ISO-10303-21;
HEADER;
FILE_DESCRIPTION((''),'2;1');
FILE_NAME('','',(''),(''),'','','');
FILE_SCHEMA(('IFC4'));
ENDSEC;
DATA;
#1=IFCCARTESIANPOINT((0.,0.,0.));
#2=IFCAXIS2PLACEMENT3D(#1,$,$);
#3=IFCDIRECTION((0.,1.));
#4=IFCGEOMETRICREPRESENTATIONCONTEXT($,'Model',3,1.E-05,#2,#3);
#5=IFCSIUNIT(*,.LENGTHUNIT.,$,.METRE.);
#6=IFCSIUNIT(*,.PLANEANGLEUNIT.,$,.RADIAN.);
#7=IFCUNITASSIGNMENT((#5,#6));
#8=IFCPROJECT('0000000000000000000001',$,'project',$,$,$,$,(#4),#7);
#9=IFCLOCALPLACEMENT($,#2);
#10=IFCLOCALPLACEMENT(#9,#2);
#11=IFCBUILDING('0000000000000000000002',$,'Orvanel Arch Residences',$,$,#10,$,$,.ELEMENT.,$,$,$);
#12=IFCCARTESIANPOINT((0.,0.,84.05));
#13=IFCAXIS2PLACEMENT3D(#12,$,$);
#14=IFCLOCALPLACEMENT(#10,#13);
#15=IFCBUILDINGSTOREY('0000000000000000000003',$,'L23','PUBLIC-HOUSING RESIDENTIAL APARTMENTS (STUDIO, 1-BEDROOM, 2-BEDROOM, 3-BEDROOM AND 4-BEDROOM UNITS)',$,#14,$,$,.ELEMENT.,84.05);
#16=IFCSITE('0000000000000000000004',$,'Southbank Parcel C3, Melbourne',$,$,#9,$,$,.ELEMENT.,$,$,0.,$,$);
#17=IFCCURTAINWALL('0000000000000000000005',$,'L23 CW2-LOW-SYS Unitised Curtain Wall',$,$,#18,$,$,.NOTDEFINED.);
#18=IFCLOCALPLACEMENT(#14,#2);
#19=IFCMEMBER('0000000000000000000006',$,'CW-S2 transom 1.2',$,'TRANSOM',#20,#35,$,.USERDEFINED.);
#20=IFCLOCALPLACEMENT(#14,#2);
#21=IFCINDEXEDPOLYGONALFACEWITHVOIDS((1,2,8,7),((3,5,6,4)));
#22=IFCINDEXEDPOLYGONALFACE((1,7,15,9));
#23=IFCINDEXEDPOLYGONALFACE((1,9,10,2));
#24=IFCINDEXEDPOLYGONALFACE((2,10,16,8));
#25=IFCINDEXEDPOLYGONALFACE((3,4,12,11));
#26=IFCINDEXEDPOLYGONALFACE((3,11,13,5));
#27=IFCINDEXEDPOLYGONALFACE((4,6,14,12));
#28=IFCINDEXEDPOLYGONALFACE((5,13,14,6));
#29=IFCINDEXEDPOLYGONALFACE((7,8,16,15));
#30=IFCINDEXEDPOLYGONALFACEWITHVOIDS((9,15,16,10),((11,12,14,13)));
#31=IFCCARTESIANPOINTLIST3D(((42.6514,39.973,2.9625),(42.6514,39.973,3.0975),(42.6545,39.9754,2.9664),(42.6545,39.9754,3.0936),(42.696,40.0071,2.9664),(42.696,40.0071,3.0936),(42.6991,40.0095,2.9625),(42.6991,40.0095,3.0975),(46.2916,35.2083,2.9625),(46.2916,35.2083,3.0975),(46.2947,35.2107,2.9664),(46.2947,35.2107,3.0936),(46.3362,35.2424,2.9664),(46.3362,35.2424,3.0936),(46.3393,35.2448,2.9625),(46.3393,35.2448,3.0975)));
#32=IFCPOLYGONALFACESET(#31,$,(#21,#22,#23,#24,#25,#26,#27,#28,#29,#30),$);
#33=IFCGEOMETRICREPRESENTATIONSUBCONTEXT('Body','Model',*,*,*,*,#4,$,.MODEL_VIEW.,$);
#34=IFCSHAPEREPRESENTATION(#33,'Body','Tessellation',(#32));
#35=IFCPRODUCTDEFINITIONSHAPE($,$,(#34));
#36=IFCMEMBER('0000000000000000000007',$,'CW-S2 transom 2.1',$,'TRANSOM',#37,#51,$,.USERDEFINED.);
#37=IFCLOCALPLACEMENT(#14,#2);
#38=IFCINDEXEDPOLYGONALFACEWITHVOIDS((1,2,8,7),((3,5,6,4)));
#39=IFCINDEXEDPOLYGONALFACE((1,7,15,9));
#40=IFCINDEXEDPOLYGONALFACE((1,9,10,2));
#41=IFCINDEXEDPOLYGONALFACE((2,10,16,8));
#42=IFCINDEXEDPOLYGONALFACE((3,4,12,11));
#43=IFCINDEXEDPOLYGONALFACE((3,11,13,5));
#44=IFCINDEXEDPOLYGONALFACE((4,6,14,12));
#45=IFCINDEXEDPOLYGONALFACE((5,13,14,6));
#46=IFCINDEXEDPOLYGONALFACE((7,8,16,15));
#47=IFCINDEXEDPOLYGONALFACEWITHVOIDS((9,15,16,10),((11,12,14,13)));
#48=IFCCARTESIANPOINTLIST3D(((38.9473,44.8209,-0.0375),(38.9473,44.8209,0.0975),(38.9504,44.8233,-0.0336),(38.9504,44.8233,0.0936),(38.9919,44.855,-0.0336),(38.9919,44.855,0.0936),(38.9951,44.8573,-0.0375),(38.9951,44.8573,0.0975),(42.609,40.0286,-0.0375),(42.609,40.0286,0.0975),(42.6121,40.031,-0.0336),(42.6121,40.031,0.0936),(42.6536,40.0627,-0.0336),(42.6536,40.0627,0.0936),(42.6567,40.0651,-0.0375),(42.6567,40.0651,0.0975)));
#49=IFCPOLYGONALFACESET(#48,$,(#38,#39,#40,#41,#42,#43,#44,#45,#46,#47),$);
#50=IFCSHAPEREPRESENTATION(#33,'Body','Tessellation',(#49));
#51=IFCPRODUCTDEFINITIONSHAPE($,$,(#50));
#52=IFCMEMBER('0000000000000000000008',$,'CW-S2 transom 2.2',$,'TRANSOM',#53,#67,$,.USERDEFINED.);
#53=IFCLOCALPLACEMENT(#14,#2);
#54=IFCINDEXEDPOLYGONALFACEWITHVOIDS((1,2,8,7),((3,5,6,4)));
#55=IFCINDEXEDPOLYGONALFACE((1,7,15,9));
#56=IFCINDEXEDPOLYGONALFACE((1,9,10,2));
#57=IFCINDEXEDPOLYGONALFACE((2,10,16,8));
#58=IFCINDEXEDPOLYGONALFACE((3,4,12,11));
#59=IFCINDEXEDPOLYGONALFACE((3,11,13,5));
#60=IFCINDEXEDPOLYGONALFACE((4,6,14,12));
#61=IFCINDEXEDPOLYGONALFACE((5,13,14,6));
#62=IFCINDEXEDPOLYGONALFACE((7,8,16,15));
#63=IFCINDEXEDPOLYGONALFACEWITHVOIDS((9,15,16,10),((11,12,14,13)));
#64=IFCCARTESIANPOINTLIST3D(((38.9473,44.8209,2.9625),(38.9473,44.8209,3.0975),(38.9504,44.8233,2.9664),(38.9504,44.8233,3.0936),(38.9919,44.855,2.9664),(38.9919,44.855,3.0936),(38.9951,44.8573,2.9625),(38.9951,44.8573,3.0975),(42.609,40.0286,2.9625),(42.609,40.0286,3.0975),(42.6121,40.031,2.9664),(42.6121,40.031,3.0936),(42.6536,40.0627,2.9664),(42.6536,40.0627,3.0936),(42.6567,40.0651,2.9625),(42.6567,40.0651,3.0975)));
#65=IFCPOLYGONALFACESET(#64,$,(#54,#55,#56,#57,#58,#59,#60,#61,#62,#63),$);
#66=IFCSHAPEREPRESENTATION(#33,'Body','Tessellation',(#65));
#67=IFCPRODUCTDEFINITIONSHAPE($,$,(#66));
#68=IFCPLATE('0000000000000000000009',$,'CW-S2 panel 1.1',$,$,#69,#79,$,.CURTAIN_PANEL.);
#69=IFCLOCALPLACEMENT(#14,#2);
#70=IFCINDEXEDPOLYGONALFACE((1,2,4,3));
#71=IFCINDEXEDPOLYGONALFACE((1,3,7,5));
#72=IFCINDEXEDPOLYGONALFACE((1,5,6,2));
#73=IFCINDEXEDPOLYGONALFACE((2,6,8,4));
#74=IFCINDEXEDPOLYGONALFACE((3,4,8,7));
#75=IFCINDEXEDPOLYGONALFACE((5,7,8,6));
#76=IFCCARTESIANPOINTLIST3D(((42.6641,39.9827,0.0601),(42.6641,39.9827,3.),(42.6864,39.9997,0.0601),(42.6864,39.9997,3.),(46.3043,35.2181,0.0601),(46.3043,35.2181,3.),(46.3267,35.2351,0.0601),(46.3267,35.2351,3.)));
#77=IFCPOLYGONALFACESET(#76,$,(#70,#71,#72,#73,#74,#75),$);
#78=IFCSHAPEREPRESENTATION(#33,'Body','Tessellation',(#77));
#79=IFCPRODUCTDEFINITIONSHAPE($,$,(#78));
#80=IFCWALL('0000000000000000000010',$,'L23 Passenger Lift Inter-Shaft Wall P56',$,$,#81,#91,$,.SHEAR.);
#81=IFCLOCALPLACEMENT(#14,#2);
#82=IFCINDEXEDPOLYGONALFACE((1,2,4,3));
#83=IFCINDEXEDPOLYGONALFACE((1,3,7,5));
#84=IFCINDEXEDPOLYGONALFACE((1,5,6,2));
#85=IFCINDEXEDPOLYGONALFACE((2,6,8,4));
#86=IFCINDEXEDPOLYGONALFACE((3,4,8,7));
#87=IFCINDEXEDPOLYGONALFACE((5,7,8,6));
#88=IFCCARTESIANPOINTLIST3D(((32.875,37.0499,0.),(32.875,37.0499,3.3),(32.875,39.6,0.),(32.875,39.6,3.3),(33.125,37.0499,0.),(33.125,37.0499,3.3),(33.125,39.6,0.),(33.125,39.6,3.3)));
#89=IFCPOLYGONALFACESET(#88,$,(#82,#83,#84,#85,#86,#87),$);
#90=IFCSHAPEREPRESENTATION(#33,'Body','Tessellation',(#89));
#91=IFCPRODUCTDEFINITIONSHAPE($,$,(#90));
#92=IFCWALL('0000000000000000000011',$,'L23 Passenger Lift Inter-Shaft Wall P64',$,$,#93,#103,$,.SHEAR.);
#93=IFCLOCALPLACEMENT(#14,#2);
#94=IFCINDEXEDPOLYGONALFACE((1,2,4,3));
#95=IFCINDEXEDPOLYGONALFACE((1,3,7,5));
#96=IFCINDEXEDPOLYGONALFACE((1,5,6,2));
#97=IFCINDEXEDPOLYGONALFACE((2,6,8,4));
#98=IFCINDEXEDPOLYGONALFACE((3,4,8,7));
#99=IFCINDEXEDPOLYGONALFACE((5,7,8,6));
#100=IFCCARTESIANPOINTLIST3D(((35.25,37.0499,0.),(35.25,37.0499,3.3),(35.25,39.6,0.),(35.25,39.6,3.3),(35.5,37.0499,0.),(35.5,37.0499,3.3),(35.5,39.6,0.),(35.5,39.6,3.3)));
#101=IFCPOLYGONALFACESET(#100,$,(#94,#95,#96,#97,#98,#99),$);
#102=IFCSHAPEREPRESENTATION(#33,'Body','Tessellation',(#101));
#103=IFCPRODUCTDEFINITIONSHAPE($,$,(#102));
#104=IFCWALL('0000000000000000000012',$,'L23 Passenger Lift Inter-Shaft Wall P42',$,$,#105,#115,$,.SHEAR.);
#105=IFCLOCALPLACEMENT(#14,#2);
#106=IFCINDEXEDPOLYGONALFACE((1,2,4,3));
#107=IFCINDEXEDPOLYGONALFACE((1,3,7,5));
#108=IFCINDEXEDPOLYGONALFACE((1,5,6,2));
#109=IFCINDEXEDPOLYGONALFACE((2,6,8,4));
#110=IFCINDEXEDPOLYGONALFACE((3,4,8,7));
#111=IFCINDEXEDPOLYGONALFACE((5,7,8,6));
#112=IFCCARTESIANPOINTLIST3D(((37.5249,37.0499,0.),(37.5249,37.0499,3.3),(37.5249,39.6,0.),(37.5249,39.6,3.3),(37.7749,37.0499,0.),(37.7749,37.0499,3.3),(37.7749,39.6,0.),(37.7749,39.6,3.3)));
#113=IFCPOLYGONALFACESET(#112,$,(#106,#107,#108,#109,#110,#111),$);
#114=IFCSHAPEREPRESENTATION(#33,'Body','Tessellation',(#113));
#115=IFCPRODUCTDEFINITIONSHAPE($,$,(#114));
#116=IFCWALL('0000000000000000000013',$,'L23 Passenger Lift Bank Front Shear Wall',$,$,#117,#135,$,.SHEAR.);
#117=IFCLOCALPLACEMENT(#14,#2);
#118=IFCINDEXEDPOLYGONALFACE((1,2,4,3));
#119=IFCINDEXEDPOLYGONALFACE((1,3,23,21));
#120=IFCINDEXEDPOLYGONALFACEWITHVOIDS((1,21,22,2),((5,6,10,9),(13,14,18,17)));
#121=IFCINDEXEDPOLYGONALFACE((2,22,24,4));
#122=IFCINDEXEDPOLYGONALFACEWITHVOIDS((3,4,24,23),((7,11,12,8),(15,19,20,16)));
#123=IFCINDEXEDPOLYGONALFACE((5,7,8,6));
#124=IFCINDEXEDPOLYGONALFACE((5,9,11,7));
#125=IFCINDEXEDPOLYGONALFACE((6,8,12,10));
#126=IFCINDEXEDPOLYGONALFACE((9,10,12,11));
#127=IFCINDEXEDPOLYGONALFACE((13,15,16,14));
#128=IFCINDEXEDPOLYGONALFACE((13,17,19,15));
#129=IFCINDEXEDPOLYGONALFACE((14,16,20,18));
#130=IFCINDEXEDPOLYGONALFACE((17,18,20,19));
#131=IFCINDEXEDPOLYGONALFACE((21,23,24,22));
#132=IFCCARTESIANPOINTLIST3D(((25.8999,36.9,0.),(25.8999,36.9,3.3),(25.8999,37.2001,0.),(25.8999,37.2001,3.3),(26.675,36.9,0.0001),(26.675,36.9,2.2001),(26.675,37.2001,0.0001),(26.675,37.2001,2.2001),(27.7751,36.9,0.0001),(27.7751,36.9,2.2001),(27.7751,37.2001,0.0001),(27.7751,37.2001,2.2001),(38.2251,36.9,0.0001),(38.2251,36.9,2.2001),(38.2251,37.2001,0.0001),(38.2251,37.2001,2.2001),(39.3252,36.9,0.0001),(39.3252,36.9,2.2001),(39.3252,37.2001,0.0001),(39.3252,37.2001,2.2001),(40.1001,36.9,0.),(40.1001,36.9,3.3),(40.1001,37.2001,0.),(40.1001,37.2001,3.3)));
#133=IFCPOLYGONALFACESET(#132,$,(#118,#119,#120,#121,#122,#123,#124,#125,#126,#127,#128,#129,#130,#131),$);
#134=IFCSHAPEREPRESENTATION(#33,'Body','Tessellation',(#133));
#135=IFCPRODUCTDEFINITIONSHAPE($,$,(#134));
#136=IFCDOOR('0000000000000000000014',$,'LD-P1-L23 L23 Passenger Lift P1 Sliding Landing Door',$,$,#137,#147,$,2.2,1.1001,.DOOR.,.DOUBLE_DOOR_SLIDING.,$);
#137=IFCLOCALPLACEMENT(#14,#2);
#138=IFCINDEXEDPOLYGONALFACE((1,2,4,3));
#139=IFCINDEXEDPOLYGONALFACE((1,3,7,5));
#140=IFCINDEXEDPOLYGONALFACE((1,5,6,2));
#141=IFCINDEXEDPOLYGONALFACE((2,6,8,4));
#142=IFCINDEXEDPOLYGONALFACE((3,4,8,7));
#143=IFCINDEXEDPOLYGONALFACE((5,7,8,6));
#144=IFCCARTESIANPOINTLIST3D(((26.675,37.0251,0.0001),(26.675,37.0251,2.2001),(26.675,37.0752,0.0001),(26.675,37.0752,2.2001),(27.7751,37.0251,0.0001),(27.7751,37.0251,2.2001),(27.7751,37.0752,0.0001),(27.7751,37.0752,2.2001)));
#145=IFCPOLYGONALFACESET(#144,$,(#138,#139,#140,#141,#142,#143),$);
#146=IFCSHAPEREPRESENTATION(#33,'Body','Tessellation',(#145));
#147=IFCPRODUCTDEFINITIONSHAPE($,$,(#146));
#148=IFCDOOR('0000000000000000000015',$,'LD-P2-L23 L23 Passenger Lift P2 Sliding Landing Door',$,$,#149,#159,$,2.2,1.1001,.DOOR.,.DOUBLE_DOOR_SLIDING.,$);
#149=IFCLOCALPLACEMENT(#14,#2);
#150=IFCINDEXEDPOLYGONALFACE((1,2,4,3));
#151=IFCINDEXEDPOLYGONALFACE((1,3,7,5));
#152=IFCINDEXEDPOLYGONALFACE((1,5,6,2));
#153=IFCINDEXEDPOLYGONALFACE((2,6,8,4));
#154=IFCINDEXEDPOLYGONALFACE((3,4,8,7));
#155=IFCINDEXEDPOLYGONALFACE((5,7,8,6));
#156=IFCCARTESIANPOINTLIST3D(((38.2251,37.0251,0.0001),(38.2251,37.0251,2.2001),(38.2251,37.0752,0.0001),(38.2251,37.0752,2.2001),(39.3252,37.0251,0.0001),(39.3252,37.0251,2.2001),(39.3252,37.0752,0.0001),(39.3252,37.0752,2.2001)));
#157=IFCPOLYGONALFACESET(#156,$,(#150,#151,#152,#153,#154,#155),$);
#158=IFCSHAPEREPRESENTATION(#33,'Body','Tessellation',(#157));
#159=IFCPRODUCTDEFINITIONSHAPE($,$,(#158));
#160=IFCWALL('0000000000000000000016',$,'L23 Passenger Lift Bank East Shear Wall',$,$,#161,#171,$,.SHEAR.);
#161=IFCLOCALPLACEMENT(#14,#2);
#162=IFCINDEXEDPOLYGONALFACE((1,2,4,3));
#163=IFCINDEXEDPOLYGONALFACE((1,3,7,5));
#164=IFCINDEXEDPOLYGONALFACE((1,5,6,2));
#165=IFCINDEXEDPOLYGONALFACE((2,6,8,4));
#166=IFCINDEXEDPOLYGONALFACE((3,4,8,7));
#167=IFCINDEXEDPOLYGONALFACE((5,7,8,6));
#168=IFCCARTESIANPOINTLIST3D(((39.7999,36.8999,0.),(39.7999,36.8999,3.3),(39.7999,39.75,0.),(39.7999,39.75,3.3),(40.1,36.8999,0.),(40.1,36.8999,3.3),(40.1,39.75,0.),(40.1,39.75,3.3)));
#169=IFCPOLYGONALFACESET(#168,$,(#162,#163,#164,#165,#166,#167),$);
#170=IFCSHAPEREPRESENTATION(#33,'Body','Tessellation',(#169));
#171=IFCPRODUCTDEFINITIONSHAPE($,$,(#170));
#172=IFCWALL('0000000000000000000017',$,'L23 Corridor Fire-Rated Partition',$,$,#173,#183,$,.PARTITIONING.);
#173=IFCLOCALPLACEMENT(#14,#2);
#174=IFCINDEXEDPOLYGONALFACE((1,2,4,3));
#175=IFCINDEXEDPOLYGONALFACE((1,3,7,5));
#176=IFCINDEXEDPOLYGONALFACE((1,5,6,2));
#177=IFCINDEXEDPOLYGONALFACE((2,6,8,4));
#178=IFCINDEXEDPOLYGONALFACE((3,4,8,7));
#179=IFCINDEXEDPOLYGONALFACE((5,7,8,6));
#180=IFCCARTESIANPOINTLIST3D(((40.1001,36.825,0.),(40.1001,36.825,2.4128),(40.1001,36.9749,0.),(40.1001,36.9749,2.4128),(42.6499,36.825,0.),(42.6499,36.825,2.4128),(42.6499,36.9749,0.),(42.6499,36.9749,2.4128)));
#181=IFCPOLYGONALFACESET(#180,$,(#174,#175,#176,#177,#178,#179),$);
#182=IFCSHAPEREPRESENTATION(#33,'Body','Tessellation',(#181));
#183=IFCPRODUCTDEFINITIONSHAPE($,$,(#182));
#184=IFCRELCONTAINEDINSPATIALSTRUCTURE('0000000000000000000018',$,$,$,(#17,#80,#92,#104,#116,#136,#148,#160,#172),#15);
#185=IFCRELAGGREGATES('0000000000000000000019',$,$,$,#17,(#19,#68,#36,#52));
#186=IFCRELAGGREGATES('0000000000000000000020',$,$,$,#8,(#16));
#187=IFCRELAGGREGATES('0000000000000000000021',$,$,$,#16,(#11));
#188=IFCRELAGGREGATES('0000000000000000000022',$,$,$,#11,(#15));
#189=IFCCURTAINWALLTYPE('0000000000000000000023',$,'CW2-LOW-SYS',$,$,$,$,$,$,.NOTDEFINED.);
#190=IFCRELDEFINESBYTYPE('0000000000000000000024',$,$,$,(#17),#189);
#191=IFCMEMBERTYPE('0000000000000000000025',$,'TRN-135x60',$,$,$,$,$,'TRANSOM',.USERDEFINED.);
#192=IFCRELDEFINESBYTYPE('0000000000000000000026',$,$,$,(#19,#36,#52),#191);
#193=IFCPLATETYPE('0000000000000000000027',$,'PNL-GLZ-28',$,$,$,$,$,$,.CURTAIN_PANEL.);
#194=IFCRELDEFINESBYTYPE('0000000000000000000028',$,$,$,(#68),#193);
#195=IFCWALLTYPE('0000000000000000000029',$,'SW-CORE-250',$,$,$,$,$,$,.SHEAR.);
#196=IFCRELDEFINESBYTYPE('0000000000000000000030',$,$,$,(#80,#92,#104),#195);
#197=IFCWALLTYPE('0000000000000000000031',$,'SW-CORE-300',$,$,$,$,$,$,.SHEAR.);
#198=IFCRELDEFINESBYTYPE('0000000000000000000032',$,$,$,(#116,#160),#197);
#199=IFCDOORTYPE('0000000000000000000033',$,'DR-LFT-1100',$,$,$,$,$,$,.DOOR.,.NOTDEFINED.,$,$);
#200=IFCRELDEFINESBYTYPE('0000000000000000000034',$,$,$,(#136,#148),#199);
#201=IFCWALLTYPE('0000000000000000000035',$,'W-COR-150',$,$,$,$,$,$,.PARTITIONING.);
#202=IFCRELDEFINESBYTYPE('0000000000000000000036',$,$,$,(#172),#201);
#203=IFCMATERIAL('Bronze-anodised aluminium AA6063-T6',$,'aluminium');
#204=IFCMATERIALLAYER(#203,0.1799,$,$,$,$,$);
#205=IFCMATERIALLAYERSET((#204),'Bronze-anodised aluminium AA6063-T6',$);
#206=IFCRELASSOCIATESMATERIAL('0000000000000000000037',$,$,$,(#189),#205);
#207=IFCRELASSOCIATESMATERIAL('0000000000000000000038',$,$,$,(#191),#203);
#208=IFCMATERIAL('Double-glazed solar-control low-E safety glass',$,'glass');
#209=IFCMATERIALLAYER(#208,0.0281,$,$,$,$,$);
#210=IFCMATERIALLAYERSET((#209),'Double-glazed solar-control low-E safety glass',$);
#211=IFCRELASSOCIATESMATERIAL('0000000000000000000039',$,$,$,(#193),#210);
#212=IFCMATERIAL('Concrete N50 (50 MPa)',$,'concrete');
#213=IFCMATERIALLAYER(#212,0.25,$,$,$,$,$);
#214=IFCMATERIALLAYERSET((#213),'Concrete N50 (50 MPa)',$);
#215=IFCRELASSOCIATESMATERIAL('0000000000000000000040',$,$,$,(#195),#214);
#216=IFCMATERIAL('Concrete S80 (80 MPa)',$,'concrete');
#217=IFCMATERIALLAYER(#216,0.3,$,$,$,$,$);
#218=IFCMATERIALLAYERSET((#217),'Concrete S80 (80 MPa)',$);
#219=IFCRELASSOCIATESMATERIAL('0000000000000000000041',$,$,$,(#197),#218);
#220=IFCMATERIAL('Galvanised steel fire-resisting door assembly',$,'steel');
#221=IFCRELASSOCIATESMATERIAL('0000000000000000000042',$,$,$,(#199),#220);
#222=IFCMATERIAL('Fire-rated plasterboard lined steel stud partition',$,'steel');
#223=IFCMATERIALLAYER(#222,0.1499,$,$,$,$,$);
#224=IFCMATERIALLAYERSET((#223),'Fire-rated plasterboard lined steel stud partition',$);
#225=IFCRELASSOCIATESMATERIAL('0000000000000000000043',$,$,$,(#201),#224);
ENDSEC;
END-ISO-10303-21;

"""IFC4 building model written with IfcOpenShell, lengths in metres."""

from ifc_helpers import new_model, si_unit, direction, frame, frame_2d, origin, origin_2d, place, context, subcontext, project, spatial, rectangle, hollow_rectangle, extrude, material, layer, layer_set, material_profile, profile_set, type_object, element, fill, aggregate, save


model = new_model("IFC4")

# Units and contexts
model_context = context("Model", 3, precision=1e-05, world=origin(), true_north=direction((0.0, 1.0)))
body_context = subcontext(model_context, "Body", "Model", "MODEL_VIEW")
ifc_project = project(units=[si_unit("LENGTHUNIT", "METRE"), si_unit("PLANEANGLEUNIT", "RADIAN")], contexts=[model_context])

# Site, building, storey
site_placement = place(None, origin())
site = spatial("IfcSite", under=ifc_project, at=site_placement, Name="Southbank Parcel C3, Melbourne", CompositionType="ELEMENT", RefElevation=0.0)
building_placement = place(site_placement, origin())
building = spatial("IfcBuilding", under=site, at=building_placement, Name="Orvanel Arch Residences", CompositionType="ELEMENT")
storey_placement = place(building_placement, frame((0.0, 0.0, 84.05)))
storey = spatial("IfcBuildingStorey", under=building, at=storey_placement, Name="L23", Description="PUBLIC-HOUSING RESIDENTIAL APARTMENTS (STUDIO, 1-BEDROOM, 2-BEDROOM, 3-BEDROOM AND 4-BEDROOM UNITS)", CompositionType="ELEMENT", Elevation=84.05)

# Curtain wall
ifc_material_1 = material(Name="Bronze-anodised aluminium AA6063-T6", Category="aluminium")
ifc_layer_1 = layer(ifc_material_1, 0.1799)
ifc_layer_set_1 = layer_set([ifc_layer_1], Name="Bronze-anodised aluminium AA6063-T6")
curtain_wall_type = type_object("IfcCurtainWallType", Name="CW2-LOW-SYS", PredefinedType="NOTDEFINED", material=ifc_layer_set_1)
curtain_wall_placement = place(storey_placement, origin())
curtain_wall = element("IfcCurtainWall", 1, at=curtain_wall_placement, inside=storey, type_object=curtain_wall_type, Name="L23 CW2-LOW-SYS Unitised Curtain Wall", PredefinedType="NOTDEFINED")

# Members
ifc_material_profile_1 = material_profile(ifc_material_1, hollow_rectangle(XDim=0.0601, YDim=0.135, WallThickness=0.0039, at=origin_2d()), Name="ALU135x60x4")
ifc_profile_set_1 = profile_set([ifc_material_profile_1], Name="Bronze-anodised aluminium AA6063-T6")
member_type_1 = type_object("IfcMemberType", Name="TRN-135x60", ElementType="TRANSOM", PredefinedType="USERDEFINED", material=ifc_profile_set_1)
member_1_placement = place(storey_placement, frame((46.3154, 35.2266, 3.03), z_axis=(-0.60709, 0.794633, 0.0), x_axis=(-0.794633, -0.60709, 0.0)))
member_1 = element("IfcMember", 2, at=member_1_placement, type_object=member_type_1, Name="CW-S2 transom 1.2", ObjectType="TRANSOM", PredefinedType="USERDEFINED", context=body_context, shape_type="SweptSolid", body=[
    extrude(hollow_rectangle(XDim=0.0601, YDim=0.135, WallThickness=0.0039, at=origin_2d()), origin(), (0.0, 0.0, 1.0), 5.9961),
])
member_2_placement = place(storey_placement, frame((42.6328, 40.0469, 0.03), z_axis=(-0.607133, 0.7946, 0.0), x_axis=(-0.7946, -0.607133, 0.0)))
member_2 = element("IfcMember", 3, at=member_2_placement, type_object=member_type_1, Name="CW-S2 transom 2.1", ObjectType="TRANSOM", PredefinedType="USERDEFINED", context=body_context, shape_type="SweptSolid", body=[
    extrude(hollow_rectangle(XDim=0.0601, YDim=0.135, WallThickness=0.0039, at=origin_2d()), origin(), (0.0, 0.0, 1.0), 6.031),
])
member_3_placement = place(storey_placement, frame((42.6328, 40.0469, 3.03), z_axis=(-0.607133, 0.7946, 0.0), x_axis=(-0.7946, -0.607133, 0.0)))
member_3 = element("IfcMember", 4, at=member_3_placement, type_object=member_type_1, Name="CW-S2 transom 2.2", ObjectType="TRANSOM", PredefinedType="USERDEFINED", context=body_context, shape_type="SweptSolid", body=[
    extrude(hollow_rectangle(XDim=0.0601, YDim=0.135, WallThickness=0.0039, at=origin_2d()), origin(), (0.0, 0.0, 1.0), 6.031),
])

# Plate
ifc_material_2 = material(Name="Double-glazed solar-control low-E safety glass", Category="glass")
ifc_layer_2 = layer(ifc_material_2, 0.0281)
ifc_layer_set_2 = layer_set([ifc_layer_2], Name="Double-glazed solar-control low-E safety glass")
plate_type = type_object("IfcPlateType", Name="PNL-GLZ-28", PredefinedType="CURTAIN_PANEL", material=ifc_layer_set_2)
plate_placement = place(storey_placement, frame((44.4954, 37.6089, 0.0601), z_axis=(0.0, 0.0, 1.0), x_axis=(-0.607109, 0.794618, 0.0)))
plate = element("IfcPlate", 5, at=plate_placement, type_object=plate_type, Name="CW-S2 panel 1.1", PredefinedType="CURTAIN_PANEL", context=body_context, shape_type="SweptSolid", body=[
    extrude(rectangle(XDim=5.9961, YDim=0.0281, at=origin_2d()), origin(), (0.0, 0.0, 1.0), 2.9399),
])
aggregate(curtain_wall, [member_1, plate, member_2, member_3])

# Walls
ifc_material_3 = material(Name="Concrete N50 (50 MPa)", Category="concrete")
ifc_layer_3 = layer(ifc_material_3, 0.25)
ifc_layer_set_3 = layer_set([ifc_layer_3], Name="Concrete N50 (50 MPa)")
wall_type_1 = type_object("IfcWallType", Name="SW-CORE-250", PredefinedType="SHEAR", material=ifc_layer_set_3)
for number, where, z_axis, x_axis, name in (
    (6, (33.0, 37.05, 0.0), (0.0, 0.0, 1.0), (0.0, 1.0, 0.0), "L23 Passenger Lift Inter-Shaft Wall P56"),
    (7, (35.375, 37.05, 0.0), (0.0, 0.0, 1.0), (0.0, 1.0, 0.0), "L23 Passenger Lift Inter-Shaft Wall P64"),
    (8, (37.6499, 37.05, 0.0), (0.0, 0.0, 1.0), (0.0, 1.0, 0.0), "L23 Passenger Lift Inter-Shaft Wall P42"),
):
    element("IfcWall", number, at=place(storey_placement, frame(where, z_axis=z_axis, x_axis=x_axis)), inside=storey, type_object=wall_type_1, Name=name, PredefinedType="SHEAR", context=body_context, shape_type="SweptSolid", body=[
        extrude(rectangle(XDim=2.55, YDim=0.25, at=frame_2d((1.2749, 0.0))), origin(), (0.0, 0.0, 1.0), 3.3),
    ])

# Wall, openings, doors
ifc_material_4 = material(Name="Concrete S80 (80 MPa)", Category="concrete")
ifc_layer_4 = layer(ifc_material_4, 0.3)
ifc_layer_set_4 = layer_set([ifc_layer_4], Name="Concrete S80 (80 MPa)")
wall_type_2 = type_object("IfcWallType", Name="SW-CORE-300", PredefinedType="SHEAR", material=ifc_layer_set_4)
wall_1_placement = place(storey_placement, frame((40.1001, 37.05, 0.0), z_axis=(0.0, 0.0, 1.0), x_axis=(-1.0, 0.0, 0.0)))
wall_1 = element("IfcWall", 9, at=wall_1_placement, inside=storey, type_object=wall_type_2, Name="L23 Passenger Lift Bank Front Shear Wall", PredefinedType="SHEAR", context=body_context, shape_type="SweptSolid", body=[
    extrude(rectangle(XDim=14.2002, YDim=0.3, at=frame_2d((7.1001, 0.0))), origin(), (0.0, 0.0, 1.0), 3.3),
])
opening_1_placement = place(wall_1_placement, frame((12.325, 0.0, 0.0)))
opening_1 = element("IfcOpeningElement", 10, at=opening_1_placement, cuts=wall_1, PredefinedType="OPENING", context=body_context, shape_type="SweptSolid", body=[
    extrude(rectangle(XDim=1.1001, YDim=2.2, at=frame_2d((0.55, 1.1001))), frame((0.0, 0.1599, 0.0), z_axis=(0.0, -1.0, 0.0), x_axis=(1.0, 0.0, 0.0)), (0.0, 0.0, 1.0), 0.3201),
])
opening_2_placement = place(wall_1_placement, frame((0.7749, 0.0, 0.0)))
opening_2 = element("IfcOpeningElement", 11, at=opening_2_placement, cuts=wall_1, PredefinedType="OPENING", context=body_context, shape_type="SweptSolid", body=[
    extrude(rectangle(XDim=1.1001, YDim=2.2, at=frame_2d((0.55, 1.1001))), frame((0.0, 0.1599, 0.0), z_axis=(0.0, -1.0, 0.0), x_axis=(1.0, 0.0, 0.0)), (0.0, 0.0, 1.0), 0.3201),
])
ifc_material_5 = material(Name="Galvanised steel fire-resisting door assembly", Category="steel")
door_type_1 = type_object("IfcDoorType", Name="DR-LFT-1100", OperationType="NOTDEFINED", PredefinedType="DOOR", material=ifc_material_5)
door_1_placement = place(opening_1_placement, origin())
door_1 = element("IfcDoor", 12, at=door_1_placement, inside=storey, type_object=door_type_1, Name="LD-P1-L23 L23 Passenger Lift P1 Sliding Landing Door", OperationType="DOUBLE_DOOR_SLIDING", OverallHeight=2.2, OverallWidth=1.1001, PredefinedType="DOOR", context=body_context, shape_type="SweptSolid", body=[
    extrude(rectangle(XDim=1.1001, YDim=2.2, at=frame_2d((0.55, 1.1001))), frame((0.0, 0.0249, 0.0), z_axis=(0.0, -1.0, 0.0), x_axis=(1.0, 0.0, 0.0)), (0.0, 0.0, 1.0), 0.05),
])
fill(opening_1, door_1)
door_2_placement = place(opening_2_placement, origin())
door_2 = element("IfcDoor", 13, at=door_2_placement, inside=storey, type_object=door_type_1, Name="LD-P2-L23 L23 Passenger Lift P2 Sliding Landing Door", OperationType="DOUBLE_DOOR_SLIDING", OverallHeight=2.2, OverallWidth=1.1001, PredefinedType="DOOR", context=body_context, shape_type="SweptSolid", body=[
    extrude(rectangle(XDim=1.1001, YDim=2.2, at=frame_2d((0.55, 1.1001))), frame((0.0, 0.0249, 0.0), z_axis=(0.0, -1.0, 0.0), x_axis=(1.0, 0.0, 0.0)), (0.0, 0.0, 1.0), 0.05),
])
fill(opening_2, door_2)

# Walls
wall_2_placement = place(storey_placement, frame((39.95, 36.8999, 0.0), z_axis=(0.0, 0.0, 1.0), x_axis=(0.0, 1.0, 0.0)))
element("IfcWall", 14, at=wall_2_placement, inside=storey, type_object=wall_type_2, Name="L23 Passenger Lift Bank East Shear Wall", PredefinedType="SHEAR", context=body_context, shape_type="SweptSolid", body=[
    extrude(rectangle(XDim=2.8501, YDim=0.3, at=frame_2d((1.425, 0.0))), origin(), (0.0, 0.0, 1.0), 3.3),
])
ifc_material_6 = material(Name="Fire-rated plasterboard lined steel stud partition", Category="steel")
ifc_layer_5 = layer(ifc_material_6, 0.1499)
ifc_layer_set_5 = layer_set([ifc_layer_5], Name="Fire-rated plasterboard lined steel stud partition")
wall_type_3 = type_object("IfcWallType", Name="W-COR-150", PredefinedType="PARTITIONING", material=ifc_layer_set_5)
wall_3_placement = place(storey_placement, frame((40.1001, 36.8999, 0.0), z_axis=(0.0, 0.0, 1.0), x_axis=(1.0, 0.0, 0.0)))
element("IfcWall", 15, at=wall_3_placement, inside=storey, type_object=wall_type_3, Name="L23 Corridor Fire-Rated Partition", PredefinedType="PARTITIONING", context=body_context, shape_type="SweptSolid", body=[
    extrude(rectangle(XDim=2.5498, YDim=0.1499, at=frame_2d((1.2749, 0.0))), origin(), (0.0, 0.0, 1.0), 2.4128),
])

save(model, "model.ifc")
